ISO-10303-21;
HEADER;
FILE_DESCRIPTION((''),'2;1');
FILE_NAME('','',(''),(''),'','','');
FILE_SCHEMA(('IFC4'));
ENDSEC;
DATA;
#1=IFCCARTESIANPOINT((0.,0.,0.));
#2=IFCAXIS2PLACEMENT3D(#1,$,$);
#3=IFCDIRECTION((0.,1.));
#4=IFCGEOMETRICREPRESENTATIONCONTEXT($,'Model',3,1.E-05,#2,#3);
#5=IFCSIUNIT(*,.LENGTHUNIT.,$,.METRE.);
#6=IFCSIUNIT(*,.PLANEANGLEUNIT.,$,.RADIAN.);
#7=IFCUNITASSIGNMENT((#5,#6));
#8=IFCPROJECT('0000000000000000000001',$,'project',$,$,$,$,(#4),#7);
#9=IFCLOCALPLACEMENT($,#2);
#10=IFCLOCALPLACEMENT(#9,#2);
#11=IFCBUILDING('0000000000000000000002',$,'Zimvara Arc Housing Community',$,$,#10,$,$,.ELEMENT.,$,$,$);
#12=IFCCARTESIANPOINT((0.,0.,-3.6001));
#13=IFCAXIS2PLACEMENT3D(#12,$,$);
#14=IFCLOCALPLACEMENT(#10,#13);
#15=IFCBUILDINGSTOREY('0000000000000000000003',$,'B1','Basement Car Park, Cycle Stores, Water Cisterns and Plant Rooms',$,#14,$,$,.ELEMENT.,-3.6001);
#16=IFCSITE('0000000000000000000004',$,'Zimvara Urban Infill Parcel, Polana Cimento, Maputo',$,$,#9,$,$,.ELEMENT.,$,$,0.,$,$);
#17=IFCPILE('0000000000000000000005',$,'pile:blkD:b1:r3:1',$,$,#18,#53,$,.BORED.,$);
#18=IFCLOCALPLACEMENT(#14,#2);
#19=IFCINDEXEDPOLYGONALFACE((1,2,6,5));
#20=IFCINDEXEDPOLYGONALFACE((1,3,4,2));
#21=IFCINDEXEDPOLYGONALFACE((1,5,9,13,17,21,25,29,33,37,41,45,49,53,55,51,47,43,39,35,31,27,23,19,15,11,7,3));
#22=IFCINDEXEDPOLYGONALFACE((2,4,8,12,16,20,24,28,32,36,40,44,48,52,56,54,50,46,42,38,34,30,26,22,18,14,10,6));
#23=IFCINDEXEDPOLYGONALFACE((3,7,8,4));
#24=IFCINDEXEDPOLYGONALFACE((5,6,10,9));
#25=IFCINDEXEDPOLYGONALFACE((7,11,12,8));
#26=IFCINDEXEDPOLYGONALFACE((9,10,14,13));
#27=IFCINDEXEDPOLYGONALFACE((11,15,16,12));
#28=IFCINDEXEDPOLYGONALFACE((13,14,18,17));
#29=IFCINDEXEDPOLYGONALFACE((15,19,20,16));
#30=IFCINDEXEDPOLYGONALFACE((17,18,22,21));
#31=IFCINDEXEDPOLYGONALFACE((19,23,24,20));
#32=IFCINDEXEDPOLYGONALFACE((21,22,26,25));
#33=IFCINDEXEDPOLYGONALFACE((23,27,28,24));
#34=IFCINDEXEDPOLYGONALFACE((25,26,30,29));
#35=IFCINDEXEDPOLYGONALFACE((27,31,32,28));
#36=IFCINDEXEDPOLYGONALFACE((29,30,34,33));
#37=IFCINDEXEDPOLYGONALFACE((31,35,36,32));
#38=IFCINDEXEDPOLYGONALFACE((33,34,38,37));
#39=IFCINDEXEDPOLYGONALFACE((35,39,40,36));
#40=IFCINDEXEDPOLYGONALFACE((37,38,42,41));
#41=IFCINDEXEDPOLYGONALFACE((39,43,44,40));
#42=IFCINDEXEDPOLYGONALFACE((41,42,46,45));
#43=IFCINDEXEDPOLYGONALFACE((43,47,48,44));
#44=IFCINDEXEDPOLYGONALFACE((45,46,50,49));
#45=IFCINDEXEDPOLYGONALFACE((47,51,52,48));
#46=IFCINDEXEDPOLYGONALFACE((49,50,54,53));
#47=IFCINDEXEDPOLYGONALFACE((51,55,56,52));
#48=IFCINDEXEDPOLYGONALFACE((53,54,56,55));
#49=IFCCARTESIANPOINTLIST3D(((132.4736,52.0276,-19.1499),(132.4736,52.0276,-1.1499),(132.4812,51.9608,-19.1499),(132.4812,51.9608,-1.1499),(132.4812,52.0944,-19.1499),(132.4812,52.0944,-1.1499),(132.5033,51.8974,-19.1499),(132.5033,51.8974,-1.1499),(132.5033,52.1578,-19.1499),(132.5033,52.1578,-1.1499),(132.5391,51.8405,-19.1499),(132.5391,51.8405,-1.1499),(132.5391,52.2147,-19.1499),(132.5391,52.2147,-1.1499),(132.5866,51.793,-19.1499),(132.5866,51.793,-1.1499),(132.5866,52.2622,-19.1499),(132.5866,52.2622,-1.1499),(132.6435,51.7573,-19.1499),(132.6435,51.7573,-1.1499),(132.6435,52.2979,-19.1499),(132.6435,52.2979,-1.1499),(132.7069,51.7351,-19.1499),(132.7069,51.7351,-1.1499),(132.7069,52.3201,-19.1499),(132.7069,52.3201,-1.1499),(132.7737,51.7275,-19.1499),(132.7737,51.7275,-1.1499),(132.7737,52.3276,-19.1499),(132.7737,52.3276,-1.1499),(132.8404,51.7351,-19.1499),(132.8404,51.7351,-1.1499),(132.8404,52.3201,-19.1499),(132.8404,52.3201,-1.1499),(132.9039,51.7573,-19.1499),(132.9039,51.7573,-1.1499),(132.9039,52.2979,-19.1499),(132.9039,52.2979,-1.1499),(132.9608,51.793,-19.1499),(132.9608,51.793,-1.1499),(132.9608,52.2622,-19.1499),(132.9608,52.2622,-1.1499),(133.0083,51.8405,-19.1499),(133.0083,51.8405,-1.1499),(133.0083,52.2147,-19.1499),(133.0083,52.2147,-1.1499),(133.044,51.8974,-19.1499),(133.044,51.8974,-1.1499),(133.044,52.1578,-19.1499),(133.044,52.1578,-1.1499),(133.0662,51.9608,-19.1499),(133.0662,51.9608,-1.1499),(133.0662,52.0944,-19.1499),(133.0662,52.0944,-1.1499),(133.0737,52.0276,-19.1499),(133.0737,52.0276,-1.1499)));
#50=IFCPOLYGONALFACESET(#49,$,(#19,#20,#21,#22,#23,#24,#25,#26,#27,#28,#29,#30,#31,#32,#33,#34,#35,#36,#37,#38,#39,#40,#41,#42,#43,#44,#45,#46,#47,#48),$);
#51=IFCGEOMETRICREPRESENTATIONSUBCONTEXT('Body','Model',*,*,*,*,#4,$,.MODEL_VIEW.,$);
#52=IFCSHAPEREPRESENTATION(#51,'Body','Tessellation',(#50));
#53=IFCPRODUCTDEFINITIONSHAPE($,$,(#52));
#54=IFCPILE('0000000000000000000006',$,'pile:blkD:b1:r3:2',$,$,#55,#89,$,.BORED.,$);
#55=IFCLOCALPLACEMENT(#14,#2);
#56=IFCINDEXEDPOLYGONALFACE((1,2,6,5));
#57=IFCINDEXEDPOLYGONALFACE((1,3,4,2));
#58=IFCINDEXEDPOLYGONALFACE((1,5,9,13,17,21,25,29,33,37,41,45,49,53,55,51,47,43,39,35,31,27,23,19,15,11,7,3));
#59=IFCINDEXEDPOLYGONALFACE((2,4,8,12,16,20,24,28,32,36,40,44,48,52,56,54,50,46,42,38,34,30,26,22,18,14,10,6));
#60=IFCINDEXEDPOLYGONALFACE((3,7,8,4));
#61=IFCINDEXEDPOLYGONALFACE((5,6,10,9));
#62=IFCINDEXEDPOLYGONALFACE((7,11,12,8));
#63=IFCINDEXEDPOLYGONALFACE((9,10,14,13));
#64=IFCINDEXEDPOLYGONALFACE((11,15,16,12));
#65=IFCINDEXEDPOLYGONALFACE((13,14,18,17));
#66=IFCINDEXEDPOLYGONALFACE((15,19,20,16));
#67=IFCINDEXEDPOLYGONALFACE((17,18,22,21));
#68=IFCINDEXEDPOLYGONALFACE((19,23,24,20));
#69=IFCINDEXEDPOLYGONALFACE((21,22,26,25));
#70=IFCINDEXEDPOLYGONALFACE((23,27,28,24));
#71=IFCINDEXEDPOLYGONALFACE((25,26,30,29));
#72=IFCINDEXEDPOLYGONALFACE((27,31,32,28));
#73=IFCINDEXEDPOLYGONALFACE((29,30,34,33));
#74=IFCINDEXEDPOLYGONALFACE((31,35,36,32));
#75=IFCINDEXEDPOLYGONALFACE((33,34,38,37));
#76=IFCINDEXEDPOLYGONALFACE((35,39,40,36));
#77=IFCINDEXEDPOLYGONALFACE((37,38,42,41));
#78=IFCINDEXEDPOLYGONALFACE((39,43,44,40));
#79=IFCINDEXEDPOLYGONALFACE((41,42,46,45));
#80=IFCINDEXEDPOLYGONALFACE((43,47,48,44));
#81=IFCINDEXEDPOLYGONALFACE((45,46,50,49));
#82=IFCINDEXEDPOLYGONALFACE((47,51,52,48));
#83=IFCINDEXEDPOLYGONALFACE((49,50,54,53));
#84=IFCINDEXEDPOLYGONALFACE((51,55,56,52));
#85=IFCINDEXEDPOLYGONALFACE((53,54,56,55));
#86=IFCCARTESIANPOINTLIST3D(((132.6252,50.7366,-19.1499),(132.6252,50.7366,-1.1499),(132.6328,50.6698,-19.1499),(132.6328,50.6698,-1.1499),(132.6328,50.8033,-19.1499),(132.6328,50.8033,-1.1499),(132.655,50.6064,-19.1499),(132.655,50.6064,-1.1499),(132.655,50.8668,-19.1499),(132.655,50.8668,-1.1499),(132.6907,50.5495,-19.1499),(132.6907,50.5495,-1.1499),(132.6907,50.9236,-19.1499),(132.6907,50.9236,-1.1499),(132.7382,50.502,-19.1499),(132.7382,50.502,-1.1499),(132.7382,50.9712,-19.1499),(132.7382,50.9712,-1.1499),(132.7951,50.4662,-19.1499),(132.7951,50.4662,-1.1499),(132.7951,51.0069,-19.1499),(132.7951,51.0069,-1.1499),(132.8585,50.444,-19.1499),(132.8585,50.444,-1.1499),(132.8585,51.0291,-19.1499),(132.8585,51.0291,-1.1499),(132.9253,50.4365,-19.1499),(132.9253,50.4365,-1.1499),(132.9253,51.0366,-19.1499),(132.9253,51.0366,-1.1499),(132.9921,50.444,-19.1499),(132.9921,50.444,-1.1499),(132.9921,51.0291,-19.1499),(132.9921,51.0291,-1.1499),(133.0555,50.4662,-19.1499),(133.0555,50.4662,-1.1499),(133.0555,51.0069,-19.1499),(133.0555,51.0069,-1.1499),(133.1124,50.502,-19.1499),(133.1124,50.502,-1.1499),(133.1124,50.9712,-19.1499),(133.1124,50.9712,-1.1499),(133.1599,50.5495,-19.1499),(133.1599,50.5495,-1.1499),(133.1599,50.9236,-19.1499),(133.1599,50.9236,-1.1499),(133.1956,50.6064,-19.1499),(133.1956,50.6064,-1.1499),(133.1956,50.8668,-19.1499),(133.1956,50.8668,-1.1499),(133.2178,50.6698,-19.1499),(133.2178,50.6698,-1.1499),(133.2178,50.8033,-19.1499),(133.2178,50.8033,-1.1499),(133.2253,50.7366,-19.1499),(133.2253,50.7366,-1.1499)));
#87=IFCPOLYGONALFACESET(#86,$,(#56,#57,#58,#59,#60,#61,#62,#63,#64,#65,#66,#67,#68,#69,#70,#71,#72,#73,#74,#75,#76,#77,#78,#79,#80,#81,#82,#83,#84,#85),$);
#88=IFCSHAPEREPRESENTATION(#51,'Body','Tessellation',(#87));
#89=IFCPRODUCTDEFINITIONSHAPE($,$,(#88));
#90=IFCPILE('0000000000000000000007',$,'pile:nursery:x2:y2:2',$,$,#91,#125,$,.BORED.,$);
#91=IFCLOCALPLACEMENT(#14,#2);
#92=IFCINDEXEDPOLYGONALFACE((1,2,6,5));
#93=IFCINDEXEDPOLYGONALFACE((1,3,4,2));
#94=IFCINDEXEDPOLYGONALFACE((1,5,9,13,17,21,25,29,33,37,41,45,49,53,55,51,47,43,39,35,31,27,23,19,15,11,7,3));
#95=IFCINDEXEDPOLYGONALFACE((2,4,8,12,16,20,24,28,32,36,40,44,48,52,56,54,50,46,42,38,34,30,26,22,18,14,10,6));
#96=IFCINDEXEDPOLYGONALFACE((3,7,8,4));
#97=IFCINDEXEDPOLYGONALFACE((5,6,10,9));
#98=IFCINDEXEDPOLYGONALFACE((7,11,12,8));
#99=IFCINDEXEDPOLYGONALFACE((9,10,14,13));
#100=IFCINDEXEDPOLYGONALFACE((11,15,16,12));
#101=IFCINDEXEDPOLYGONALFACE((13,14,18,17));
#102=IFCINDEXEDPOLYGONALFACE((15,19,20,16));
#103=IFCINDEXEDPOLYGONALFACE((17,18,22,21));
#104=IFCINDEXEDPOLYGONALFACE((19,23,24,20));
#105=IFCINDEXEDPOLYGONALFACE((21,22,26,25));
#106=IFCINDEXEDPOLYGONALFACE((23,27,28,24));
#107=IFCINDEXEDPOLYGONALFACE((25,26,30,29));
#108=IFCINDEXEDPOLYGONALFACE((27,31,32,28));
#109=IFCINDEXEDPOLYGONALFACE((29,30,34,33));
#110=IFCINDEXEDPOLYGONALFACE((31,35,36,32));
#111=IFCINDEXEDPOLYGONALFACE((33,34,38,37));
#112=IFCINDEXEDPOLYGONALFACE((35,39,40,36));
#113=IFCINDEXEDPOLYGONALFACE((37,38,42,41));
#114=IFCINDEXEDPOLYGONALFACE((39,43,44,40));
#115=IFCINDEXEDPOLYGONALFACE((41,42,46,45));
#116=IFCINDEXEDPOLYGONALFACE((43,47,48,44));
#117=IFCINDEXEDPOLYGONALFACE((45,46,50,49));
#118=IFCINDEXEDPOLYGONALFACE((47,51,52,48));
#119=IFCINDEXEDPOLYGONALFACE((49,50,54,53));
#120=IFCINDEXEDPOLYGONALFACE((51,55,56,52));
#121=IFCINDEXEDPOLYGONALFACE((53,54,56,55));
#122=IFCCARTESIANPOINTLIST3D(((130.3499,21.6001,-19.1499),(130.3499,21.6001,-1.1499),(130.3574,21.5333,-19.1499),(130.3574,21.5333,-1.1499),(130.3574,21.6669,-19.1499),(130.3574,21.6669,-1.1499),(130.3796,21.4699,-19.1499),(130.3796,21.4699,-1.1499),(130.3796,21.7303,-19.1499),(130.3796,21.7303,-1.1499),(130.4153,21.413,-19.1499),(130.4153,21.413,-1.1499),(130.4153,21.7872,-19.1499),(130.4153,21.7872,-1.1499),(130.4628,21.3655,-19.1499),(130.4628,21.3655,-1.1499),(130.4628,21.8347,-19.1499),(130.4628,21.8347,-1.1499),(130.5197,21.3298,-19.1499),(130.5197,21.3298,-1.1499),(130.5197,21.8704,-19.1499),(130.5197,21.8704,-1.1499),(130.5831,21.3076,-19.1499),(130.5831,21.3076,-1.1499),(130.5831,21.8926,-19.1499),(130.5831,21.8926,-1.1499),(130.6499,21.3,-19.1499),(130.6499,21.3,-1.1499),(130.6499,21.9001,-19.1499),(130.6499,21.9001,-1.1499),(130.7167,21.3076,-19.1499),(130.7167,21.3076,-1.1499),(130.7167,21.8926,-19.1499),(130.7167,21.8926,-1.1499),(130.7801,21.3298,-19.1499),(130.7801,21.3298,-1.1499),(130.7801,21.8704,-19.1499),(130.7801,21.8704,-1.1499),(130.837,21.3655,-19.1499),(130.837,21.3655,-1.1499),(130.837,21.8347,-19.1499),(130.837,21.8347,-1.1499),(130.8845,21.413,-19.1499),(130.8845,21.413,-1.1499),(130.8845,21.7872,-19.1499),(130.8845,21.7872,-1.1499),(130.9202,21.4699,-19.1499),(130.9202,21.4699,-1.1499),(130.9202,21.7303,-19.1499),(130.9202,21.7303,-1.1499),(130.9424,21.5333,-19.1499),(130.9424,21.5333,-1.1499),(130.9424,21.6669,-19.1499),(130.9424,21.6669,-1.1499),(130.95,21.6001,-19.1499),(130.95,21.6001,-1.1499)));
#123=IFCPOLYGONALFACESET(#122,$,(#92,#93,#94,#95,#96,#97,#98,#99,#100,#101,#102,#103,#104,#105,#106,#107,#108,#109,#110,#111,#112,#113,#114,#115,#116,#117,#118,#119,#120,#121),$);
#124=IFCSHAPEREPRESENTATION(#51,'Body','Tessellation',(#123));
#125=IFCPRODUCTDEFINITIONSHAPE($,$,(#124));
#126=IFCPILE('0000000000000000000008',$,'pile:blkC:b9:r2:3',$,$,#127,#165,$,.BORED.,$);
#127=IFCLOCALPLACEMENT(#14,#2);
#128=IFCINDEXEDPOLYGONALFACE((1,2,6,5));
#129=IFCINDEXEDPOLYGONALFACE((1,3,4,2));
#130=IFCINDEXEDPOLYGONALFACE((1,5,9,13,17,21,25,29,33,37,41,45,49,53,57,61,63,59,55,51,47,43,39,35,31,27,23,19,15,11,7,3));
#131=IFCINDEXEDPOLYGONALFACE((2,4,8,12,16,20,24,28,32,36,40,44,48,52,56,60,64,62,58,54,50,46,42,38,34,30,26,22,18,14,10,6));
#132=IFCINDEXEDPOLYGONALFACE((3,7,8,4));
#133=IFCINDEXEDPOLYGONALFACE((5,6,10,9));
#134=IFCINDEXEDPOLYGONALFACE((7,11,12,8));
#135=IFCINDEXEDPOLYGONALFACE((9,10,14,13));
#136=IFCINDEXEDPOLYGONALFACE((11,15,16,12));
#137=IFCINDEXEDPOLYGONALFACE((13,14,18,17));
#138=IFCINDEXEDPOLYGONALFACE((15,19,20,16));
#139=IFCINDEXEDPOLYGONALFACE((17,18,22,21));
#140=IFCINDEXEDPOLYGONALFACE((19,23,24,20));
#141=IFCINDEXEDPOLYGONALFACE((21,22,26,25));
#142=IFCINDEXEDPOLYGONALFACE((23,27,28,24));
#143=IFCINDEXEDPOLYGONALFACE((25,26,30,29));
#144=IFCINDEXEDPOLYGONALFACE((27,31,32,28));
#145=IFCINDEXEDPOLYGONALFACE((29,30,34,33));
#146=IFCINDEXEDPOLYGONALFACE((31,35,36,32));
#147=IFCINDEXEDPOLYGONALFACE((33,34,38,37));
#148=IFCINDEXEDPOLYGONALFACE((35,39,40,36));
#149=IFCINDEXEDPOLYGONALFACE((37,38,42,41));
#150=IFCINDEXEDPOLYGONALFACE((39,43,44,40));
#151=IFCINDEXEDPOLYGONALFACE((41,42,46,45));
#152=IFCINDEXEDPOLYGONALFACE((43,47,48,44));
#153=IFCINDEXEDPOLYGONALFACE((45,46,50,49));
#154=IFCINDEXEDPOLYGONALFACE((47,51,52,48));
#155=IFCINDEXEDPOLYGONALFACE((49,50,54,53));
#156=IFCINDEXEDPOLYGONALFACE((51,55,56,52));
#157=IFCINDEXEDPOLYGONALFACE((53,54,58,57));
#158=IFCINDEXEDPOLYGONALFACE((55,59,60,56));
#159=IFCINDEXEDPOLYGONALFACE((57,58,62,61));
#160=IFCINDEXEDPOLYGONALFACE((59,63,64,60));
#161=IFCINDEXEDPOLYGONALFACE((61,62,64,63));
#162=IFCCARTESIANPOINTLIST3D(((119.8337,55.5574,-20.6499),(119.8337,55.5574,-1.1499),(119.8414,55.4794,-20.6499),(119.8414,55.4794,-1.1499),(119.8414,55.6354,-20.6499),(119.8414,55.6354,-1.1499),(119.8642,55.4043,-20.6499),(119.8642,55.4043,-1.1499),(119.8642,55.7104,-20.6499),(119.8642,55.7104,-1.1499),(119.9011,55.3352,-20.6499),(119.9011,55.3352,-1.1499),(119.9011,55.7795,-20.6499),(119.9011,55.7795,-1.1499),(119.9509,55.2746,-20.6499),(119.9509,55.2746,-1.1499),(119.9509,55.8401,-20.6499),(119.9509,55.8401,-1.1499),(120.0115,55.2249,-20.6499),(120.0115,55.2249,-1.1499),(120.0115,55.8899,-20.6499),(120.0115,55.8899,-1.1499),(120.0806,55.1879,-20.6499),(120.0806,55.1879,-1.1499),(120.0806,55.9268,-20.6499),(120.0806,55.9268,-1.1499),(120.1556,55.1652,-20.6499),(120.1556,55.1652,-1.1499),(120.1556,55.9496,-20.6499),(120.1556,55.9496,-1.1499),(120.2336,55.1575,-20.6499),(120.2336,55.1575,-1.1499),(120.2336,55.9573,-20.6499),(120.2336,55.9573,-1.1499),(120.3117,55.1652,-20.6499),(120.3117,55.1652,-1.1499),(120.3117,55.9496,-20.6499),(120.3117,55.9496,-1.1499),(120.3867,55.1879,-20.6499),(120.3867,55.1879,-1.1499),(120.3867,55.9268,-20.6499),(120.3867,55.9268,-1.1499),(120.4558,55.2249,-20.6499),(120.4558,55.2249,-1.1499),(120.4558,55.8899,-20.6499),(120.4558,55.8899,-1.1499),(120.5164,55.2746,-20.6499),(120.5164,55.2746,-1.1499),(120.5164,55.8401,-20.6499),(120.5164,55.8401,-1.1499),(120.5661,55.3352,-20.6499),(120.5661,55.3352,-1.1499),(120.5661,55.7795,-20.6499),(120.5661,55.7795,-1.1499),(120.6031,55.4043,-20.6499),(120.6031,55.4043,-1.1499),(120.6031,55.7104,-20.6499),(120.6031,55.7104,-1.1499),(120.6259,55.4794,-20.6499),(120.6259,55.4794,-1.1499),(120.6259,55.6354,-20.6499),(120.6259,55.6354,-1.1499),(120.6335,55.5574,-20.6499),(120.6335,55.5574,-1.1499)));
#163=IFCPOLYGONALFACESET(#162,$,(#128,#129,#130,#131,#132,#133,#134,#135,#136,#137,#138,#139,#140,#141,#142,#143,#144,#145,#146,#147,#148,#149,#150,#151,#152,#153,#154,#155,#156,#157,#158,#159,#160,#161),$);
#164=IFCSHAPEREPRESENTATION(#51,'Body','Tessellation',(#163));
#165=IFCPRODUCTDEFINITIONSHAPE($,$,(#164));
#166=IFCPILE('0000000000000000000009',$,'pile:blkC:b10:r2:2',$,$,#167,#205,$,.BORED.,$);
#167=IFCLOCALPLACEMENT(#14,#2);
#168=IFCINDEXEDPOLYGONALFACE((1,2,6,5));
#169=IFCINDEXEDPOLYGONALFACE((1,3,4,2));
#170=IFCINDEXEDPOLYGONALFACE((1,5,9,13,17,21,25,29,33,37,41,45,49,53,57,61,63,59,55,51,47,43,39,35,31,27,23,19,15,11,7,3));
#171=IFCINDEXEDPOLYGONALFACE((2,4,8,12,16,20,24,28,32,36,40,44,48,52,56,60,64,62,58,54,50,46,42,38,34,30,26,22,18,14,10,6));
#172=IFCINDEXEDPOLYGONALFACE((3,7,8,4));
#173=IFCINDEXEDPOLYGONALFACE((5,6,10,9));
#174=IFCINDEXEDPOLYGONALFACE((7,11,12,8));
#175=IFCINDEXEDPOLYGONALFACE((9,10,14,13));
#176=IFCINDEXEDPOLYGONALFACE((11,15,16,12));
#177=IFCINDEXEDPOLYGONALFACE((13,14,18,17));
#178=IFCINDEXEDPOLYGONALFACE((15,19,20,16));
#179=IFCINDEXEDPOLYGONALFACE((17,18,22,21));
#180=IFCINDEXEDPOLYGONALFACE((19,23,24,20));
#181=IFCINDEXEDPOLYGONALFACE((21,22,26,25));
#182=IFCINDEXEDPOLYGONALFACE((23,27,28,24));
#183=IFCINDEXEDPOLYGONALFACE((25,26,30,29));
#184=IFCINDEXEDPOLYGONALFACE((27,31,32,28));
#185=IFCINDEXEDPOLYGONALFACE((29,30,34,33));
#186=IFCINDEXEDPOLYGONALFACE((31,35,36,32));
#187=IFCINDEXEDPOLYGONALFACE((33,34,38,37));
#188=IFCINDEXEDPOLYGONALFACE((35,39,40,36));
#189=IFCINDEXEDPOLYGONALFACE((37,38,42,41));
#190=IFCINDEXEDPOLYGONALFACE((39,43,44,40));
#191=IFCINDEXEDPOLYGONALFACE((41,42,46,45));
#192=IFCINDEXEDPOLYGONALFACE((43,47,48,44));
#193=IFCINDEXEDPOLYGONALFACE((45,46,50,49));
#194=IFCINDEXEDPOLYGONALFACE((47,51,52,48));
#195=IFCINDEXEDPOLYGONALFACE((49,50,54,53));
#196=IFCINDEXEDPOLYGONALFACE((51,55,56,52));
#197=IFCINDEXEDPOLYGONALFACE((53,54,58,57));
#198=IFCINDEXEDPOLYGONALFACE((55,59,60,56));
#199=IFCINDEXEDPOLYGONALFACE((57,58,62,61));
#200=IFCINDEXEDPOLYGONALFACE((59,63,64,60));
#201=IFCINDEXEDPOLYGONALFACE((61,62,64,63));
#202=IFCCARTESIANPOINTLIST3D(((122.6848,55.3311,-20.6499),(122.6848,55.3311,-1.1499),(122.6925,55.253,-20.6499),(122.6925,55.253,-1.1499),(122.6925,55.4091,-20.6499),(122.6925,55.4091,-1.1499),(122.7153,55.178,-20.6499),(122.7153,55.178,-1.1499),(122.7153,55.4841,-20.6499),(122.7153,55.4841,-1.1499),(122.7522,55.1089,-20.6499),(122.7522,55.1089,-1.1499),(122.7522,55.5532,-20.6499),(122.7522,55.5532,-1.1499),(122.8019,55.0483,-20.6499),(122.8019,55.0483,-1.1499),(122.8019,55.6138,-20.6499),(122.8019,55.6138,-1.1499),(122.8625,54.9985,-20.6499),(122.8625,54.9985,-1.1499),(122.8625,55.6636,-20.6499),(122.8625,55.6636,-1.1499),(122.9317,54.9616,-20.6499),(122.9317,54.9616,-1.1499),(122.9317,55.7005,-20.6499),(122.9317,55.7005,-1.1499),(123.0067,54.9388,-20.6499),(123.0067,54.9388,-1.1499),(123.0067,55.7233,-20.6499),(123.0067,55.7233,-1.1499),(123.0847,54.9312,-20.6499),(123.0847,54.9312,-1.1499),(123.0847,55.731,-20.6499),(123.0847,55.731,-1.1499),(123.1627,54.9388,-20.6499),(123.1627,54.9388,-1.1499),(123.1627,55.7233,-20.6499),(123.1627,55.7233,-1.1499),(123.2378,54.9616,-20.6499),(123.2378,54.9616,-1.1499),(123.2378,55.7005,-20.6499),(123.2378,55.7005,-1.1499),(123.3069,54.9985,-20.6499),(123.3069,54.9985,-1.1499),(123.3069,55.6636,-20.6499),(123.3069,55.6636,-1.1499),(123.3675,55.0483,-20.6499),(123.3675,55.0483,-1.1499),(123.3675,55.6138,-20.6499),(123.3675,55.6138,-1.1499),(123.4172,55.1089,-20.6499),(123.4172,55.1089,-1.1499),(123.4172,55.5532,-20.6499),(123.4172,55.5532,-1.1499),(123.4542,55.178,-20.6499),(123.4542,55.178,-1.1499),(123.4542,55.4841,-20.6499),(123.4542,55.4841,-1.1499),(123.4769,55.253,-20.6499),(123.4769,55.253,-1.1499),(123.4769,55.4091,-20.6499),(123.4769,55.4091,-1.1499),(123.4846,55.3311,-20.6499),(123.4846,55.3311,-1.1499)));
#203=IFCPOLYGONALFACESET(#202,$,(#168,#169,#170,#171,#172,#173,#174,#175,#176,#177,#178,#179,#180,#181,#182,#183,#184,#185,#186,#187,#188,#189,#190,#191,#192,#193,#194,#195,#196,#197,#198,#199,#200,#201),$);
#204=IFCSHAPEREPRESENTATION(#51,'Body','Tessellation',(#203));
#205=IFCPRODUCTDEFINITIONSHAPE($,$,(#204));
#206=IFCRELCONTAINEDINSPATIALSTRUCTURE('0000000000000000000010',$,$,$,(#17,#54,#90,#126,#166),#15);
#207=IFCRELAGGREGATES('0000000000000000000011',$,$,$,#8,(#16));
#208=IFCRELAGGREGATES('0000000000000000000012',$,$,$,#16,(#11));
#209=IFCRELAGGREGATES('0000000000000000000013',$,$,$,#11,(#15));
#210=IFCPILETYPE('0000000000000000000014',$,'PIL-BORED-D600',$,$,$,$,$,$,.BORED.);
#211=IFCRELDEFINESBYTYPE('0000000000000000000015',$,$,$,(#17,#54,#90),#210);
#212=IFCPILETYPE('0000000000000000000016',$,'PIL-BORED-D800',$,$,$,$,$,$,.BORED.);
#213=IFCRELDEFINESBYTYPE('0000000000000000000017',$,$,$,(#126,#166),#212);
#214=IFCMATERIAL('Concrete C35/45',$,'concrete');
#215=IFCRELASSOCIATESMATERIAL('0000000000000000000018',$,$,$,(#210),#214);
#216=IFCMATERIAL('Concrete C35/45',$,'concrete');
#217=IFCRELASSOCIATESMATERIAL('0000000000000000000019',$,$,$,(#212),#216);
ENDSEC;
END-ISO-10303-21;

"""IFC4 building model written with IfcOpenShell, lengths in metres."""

from ifc_helpers import new_model, si_unit, direction, frame, origin, origin_2d, place, context, subcontext, project, spatial, circle, extrude, material, material_profile, profile_set, type_object, element, save


model = new_model("IFC4")

# Units and contexts
model_context = context("Model", 3, precision=1e-05, world=origin(), true_north=direction((0.0, 1.0)))
body_context = subcontext(model_context, "Body", "Model", "MODEL_VIEW")
ifc_project = project(units=[si_unit("LENGTHUNIT", "METRE"), si_unit("PLANEANGLEUNIT", "RADIAN")], contexts=[model_context])

# Site, building, storey
site_placement = place(None, origin())
site = spatial("IfcSite", under=ifc_project, at=site_placement, Name="Zimvara Urban Infill Parcel, Polana Cimento, Maputo", CompositionType="ELEMENT", RefElevation=0.0)
building_placement = place(site_placement, origin())
building = spatial("IfcBuilding", under=site, at=building_placement, Name="Zimvara Arc Housing Community", CompositionType="ELEMENT")
storey_placement = place(building_placement, frame((0.0, 0.0, -3.6001)))
storey = spatial("IfcBuildingStorey", under=building, at=storey_placement, Name="B1", Description="Basement Car Park, Cycle Stores, Water Cisterns and Plant Rooms", CompositionType="ELEMENT", Elevation=-3.6001)

# Piles
ifc_material_1 = material(Name="Concrete C35/45", Category="concrete")
ifc_material_profile_1 = material_profile(ifc_material_1, circle(Radius=0.3, at=origin_2d()), Name="PILE D600")
ifc_profile_set_1 = profile_set([ifc_material_profile_1], Name="Concrete C35/45")
pile_type_1 = type_object("IfcPileType", Name="PIL-BORED-D600", PredefinedType="BORED", material=ifc_profile_set_1)
for number, where, z_axis, x_axis, name in (
    (1, (132.7737, 52.0276, -1.1499), (0.0, 0.0, -1.0), (1.0, 0.0, 0.0), "pile:blkD:b1:r3:1"),
    (2, (132.9253, 50.7366, -1.1499), (0.0, 0.0, -1.0), (1.0, 0.0, 0.0), "pile:blkD:b1:r3:2"),
    (3, (130.6499, 21.6001, -1.1499), (0.0, 0.0, -1.0), (1.0, 0.0, 0.0), "pile:nursery:x2:y2:2"),
):
    element("IfcPile", number, at=place(storey_placement, frame(where, z_axis=z_axis, x_axis=x_axis)), inside=storey, type_object=pile_type_1, Name=name, PredefinedType="BORED", context=body_context, shape_type="SweptSolid", body=[
        extrude(circle(Radius=0.3, at=origin_2d()), origin(), (0.0, 0.0, 1.0), 18.0),
    ])
ifc_material_2 = material(Name="Concrete C35/45", Category="concrete")
ifc_material_profile_2 = material_profile(ifc_material_2, circle(Radius=0.3999, at=origin_2d()), Name="PILE D800")
ifc_profile_set_2 = profile_set([ifc_material_profile_2], Name="Concrete C35/45")
pile_type_2 = type_object("IfcPileType", Name="PIL-BORED-D800", PredefinedType="BORED", material=ifc_profile_set_2)
for number, where, z_axis, x_axis, name in (
    (4, (120.2336, 55.5574, -1.1499), (0.0, 0.0, -1.0), (1.0, 0.0, 0.0), "pile:blkC:b9:r2:3"),
    (5, (123.0847, 55.3311, -1.1499), (0.0, 0.0, -1.0), (1.0, 0.0, 0.0), "pile:blkC:b10:r2:2"),
):
    element("IfcPile", number, at=place(storey_placement, frame(where, z_axis=z_axis, x_axis=x_axis)), inside=storey, type_object=pile_type_2, Name=name, PredefinedType="BORED", context=body_context, shape_type="SweptSolid", body=[
        extrude(circle(Radius=0.3999, at=origin_2d()), origin(), (0.0, 0.0, 1.0), 19.5),
    ])

save(model, "model.ifc")
